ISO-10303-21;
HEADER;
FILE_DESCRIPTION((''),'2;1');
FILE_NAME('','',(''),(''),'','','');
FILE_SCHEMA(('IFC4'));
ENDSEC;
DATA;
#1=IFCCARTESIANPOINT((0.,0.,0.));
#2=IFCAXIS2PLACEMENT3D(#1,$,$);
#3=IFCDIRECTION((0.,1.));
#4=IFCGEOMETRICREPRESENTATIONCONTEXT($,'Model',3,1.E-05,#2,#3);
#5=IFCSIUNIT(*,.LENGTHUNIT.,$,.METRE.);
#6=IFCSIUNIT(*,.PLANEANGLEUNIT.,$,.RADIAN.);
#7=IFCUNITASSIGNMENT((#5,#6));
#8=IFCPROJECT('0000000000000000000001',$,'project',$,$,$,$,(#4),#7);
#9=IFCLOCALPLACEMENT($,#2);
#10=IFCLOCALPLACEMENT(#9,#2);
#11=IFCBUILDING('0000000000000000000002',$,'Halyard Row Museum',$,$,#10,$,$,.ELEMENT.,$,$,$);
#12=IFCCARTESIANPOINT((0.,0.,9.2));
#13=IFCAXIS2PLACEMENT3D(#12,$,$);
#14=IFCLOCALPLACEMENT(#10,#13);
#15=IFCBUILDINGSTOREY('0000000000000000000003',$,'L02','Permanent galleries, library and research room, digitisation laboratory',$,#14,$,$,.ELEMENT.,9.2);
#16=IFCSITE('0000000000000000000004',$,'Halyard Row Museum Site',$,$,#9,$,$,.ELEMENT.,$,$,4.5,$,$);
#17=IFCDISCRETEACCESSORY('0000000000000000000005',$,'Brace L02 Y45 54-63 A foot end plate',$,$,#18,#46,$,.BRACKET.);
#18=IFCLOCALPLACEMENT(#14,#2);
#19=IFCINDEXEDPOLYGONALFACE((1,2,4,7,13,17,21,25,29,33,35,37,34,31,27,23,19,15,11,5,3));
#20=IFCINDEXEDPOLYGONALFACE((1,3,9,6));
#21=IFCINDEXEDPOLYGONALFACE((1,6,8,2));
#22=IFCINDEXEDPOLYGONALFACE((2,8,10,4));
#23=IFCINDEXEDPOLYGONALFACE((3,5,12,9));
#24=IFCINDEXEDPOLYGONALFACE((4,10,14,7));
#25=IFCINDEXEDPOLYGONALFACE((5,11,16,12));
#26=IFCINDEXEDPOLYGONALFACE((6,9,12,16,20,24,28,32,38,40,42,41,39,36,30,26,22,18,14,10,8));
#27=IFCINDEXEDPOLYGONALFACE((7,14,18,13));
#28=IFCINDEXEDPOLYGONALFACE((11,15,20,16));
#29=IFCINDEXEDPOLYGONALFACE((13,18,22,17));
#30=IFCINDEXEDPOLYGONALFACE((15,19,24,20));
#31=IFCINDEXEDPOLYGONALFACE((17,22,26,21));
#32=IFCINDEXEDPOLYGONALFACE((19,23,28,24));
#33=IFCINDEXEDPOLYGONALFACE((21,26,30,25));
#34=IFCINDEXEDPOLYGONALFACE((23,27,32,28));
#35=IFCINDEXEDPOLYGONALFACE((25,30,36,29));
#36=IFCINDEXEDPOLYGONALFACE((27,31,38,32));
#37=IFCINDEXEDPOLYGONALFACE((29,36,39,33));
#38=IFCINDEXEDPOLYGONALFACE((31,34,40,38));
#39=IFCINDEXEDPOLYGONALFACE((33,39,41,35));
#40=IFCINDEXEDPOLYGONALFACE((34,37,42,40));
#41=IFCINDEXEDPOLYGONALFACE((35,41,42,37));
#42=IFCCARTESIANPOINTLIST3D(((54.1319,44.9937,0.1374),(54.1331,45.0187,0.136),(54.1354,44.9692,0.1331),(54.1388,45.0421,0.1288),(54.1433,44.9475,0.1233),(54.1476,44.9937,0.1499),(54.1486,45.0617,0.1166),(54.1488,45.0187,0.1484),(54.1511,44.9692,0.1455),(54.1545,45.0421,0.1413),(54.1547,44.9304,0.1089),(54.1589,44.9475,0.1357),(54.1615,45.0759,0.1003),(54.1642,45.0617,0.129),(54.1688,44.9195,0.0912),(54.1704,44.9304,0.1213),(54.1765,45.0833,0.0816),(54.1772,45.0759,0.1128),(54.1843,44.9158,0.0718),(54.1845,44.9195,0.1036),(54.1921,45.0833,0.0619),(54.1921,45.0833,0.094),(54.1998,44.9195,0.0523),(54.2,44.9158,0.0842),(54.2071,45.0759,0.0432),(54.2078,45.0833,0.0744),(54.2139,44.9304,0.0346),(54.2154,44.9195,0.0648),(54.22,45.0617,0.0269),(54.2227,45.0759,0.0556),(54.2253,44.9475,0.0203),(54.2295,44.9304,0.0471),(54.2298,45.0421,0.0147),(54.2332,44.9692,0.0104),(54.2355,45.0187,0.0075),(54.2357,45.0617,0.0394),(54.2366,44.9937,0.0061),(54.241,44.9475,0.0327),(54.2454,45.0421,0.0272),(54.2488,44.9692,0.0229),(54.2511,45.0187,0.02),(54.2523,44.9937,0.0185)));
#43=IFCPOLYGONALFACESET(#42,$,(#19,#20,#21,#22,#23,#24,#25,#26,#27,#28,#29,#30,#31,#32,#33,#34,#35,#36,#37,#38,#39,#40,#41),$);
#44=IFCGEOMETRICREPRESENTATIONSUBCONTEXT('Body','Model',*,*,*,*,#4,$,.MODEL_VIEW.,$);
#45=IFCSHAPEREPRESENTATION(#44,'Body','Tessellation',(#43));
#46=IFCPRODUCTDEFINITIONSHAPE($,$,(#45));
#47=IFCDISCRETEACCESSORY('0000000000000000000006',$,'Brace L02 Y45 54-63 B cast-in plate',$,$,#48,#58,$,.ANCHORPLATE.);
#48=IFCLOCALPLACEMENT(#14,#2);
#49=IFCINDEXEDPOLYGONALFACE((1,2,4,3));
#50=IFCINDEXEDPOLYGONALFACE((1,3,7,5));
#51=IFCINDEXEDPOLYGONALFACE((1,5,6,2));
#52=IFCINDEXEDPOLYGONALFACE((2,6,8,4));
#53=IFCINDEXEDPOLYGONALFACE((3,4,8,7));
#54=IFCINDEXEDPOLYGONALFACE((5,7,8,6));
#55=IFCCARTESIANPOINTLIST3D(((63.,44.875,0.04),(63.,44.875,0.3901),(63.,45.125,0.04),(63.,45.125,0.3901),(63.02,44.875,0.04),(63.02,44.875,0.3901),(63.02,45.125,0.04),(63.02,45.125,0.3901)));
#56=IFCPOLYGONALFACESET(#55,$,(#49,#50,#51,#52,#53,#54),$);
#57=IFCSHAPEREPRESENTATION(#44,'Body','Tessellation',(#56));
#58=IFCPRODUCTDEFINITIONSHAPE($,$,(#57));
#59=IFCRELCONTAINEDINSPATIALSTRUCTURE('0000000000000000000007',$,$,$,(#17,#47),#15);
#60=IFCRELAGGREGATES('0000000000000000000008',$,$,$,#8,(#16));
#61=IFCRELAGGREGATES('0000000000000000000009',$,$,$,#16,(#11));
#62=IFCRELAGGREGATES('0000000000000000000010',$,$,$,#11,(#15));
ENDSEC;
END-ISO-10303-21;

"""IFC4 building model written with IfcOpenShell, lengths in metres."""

from ifc_helpers import new_model, si_unit, direction, frame, origin, origin_2d, place, context, subcontext, project, spatial, rectangle, circle, extrude, element, save


model = new_model("IFC4")

# Units and contexts
model_context = context("Model", 3, precision=1e-05, world=origin(), true_north=direction((0.0, 1.0)))
body_context = subcontext(model_context, "Body", "Model", "MODEL_VIEW")
ifc_project = project(units=[si_unit("LENGTHUNIT", "METRE"), si_unit("PLANEANGLEUNIT", "RADIAN")], contexts=[model_context])

# Site, building, storey
site_placement = place(None, origin())
site = spatial("IfcSite", under=ifc_project, at=site_placement, Name="Halyard Row Museum Site", CompositionType="ELEMENT", RefElevation=4.5)
building_placement = place(site_placement, origin())
building = spatial("IfcBuilding", under=site, at=building_placement, Name="Halyard Row Museum", CompositionType="ELEMENT")
storey_placement = place(building_placement, frame((0.0, 0.0, 9.2)))
storey = spatial("IfcBuildingStorey", under=building, at=storey_placement, Name="L02", Description="Permanent galleries, library and research room, digitisation laboratory", CompositionType="ELEMENT", Elevation=9.2)

# Discrete accessories
discrete_accessory_1_placement = place(storey_placement, frame((54.2, 45.0, 0.0842), z_axis=(-0.78206, 0.0, -0.623204), x_axis=(0.0, -1.0, 0.0)))
element("IfcDiscreteAccessory", 1, at=discrete_accessory_1_placement, inside=storey, Name="Brace L02 Y45 54-63 A foot end plate", PredefinedType="BRACKET", context=body_context, shape_type="SweptSolid", body=[
    extrude(circle(Radius=0.0842, at=origin_2d()), origin(), (0.0, 0.0, 1.0), 0.02),
])
discrete_accessory_2_placement = place(storey_placement, frame((63.0, 45.0, 0.2151), z_axis=(1.0, 0.0, 0.0), x_axis=(0.0, 1.0, 0.0)))
element("IfcDiscreteAccessory", 2, at=discrete_accessory_2_placement, inside=storey, Name="Brace L02 Y45 54-63 B cast-in plate", PredefinedType="ANCHORPLATE", context=body_context, shape_type="SweptSolid", body=[
    extrude(rectangle(XDim=0.25, YDim=0.3501, at=origin_2d()), origin(), (0.0, 0.0, 1.0), 0.02),
])

save(model, "model.ifc")
